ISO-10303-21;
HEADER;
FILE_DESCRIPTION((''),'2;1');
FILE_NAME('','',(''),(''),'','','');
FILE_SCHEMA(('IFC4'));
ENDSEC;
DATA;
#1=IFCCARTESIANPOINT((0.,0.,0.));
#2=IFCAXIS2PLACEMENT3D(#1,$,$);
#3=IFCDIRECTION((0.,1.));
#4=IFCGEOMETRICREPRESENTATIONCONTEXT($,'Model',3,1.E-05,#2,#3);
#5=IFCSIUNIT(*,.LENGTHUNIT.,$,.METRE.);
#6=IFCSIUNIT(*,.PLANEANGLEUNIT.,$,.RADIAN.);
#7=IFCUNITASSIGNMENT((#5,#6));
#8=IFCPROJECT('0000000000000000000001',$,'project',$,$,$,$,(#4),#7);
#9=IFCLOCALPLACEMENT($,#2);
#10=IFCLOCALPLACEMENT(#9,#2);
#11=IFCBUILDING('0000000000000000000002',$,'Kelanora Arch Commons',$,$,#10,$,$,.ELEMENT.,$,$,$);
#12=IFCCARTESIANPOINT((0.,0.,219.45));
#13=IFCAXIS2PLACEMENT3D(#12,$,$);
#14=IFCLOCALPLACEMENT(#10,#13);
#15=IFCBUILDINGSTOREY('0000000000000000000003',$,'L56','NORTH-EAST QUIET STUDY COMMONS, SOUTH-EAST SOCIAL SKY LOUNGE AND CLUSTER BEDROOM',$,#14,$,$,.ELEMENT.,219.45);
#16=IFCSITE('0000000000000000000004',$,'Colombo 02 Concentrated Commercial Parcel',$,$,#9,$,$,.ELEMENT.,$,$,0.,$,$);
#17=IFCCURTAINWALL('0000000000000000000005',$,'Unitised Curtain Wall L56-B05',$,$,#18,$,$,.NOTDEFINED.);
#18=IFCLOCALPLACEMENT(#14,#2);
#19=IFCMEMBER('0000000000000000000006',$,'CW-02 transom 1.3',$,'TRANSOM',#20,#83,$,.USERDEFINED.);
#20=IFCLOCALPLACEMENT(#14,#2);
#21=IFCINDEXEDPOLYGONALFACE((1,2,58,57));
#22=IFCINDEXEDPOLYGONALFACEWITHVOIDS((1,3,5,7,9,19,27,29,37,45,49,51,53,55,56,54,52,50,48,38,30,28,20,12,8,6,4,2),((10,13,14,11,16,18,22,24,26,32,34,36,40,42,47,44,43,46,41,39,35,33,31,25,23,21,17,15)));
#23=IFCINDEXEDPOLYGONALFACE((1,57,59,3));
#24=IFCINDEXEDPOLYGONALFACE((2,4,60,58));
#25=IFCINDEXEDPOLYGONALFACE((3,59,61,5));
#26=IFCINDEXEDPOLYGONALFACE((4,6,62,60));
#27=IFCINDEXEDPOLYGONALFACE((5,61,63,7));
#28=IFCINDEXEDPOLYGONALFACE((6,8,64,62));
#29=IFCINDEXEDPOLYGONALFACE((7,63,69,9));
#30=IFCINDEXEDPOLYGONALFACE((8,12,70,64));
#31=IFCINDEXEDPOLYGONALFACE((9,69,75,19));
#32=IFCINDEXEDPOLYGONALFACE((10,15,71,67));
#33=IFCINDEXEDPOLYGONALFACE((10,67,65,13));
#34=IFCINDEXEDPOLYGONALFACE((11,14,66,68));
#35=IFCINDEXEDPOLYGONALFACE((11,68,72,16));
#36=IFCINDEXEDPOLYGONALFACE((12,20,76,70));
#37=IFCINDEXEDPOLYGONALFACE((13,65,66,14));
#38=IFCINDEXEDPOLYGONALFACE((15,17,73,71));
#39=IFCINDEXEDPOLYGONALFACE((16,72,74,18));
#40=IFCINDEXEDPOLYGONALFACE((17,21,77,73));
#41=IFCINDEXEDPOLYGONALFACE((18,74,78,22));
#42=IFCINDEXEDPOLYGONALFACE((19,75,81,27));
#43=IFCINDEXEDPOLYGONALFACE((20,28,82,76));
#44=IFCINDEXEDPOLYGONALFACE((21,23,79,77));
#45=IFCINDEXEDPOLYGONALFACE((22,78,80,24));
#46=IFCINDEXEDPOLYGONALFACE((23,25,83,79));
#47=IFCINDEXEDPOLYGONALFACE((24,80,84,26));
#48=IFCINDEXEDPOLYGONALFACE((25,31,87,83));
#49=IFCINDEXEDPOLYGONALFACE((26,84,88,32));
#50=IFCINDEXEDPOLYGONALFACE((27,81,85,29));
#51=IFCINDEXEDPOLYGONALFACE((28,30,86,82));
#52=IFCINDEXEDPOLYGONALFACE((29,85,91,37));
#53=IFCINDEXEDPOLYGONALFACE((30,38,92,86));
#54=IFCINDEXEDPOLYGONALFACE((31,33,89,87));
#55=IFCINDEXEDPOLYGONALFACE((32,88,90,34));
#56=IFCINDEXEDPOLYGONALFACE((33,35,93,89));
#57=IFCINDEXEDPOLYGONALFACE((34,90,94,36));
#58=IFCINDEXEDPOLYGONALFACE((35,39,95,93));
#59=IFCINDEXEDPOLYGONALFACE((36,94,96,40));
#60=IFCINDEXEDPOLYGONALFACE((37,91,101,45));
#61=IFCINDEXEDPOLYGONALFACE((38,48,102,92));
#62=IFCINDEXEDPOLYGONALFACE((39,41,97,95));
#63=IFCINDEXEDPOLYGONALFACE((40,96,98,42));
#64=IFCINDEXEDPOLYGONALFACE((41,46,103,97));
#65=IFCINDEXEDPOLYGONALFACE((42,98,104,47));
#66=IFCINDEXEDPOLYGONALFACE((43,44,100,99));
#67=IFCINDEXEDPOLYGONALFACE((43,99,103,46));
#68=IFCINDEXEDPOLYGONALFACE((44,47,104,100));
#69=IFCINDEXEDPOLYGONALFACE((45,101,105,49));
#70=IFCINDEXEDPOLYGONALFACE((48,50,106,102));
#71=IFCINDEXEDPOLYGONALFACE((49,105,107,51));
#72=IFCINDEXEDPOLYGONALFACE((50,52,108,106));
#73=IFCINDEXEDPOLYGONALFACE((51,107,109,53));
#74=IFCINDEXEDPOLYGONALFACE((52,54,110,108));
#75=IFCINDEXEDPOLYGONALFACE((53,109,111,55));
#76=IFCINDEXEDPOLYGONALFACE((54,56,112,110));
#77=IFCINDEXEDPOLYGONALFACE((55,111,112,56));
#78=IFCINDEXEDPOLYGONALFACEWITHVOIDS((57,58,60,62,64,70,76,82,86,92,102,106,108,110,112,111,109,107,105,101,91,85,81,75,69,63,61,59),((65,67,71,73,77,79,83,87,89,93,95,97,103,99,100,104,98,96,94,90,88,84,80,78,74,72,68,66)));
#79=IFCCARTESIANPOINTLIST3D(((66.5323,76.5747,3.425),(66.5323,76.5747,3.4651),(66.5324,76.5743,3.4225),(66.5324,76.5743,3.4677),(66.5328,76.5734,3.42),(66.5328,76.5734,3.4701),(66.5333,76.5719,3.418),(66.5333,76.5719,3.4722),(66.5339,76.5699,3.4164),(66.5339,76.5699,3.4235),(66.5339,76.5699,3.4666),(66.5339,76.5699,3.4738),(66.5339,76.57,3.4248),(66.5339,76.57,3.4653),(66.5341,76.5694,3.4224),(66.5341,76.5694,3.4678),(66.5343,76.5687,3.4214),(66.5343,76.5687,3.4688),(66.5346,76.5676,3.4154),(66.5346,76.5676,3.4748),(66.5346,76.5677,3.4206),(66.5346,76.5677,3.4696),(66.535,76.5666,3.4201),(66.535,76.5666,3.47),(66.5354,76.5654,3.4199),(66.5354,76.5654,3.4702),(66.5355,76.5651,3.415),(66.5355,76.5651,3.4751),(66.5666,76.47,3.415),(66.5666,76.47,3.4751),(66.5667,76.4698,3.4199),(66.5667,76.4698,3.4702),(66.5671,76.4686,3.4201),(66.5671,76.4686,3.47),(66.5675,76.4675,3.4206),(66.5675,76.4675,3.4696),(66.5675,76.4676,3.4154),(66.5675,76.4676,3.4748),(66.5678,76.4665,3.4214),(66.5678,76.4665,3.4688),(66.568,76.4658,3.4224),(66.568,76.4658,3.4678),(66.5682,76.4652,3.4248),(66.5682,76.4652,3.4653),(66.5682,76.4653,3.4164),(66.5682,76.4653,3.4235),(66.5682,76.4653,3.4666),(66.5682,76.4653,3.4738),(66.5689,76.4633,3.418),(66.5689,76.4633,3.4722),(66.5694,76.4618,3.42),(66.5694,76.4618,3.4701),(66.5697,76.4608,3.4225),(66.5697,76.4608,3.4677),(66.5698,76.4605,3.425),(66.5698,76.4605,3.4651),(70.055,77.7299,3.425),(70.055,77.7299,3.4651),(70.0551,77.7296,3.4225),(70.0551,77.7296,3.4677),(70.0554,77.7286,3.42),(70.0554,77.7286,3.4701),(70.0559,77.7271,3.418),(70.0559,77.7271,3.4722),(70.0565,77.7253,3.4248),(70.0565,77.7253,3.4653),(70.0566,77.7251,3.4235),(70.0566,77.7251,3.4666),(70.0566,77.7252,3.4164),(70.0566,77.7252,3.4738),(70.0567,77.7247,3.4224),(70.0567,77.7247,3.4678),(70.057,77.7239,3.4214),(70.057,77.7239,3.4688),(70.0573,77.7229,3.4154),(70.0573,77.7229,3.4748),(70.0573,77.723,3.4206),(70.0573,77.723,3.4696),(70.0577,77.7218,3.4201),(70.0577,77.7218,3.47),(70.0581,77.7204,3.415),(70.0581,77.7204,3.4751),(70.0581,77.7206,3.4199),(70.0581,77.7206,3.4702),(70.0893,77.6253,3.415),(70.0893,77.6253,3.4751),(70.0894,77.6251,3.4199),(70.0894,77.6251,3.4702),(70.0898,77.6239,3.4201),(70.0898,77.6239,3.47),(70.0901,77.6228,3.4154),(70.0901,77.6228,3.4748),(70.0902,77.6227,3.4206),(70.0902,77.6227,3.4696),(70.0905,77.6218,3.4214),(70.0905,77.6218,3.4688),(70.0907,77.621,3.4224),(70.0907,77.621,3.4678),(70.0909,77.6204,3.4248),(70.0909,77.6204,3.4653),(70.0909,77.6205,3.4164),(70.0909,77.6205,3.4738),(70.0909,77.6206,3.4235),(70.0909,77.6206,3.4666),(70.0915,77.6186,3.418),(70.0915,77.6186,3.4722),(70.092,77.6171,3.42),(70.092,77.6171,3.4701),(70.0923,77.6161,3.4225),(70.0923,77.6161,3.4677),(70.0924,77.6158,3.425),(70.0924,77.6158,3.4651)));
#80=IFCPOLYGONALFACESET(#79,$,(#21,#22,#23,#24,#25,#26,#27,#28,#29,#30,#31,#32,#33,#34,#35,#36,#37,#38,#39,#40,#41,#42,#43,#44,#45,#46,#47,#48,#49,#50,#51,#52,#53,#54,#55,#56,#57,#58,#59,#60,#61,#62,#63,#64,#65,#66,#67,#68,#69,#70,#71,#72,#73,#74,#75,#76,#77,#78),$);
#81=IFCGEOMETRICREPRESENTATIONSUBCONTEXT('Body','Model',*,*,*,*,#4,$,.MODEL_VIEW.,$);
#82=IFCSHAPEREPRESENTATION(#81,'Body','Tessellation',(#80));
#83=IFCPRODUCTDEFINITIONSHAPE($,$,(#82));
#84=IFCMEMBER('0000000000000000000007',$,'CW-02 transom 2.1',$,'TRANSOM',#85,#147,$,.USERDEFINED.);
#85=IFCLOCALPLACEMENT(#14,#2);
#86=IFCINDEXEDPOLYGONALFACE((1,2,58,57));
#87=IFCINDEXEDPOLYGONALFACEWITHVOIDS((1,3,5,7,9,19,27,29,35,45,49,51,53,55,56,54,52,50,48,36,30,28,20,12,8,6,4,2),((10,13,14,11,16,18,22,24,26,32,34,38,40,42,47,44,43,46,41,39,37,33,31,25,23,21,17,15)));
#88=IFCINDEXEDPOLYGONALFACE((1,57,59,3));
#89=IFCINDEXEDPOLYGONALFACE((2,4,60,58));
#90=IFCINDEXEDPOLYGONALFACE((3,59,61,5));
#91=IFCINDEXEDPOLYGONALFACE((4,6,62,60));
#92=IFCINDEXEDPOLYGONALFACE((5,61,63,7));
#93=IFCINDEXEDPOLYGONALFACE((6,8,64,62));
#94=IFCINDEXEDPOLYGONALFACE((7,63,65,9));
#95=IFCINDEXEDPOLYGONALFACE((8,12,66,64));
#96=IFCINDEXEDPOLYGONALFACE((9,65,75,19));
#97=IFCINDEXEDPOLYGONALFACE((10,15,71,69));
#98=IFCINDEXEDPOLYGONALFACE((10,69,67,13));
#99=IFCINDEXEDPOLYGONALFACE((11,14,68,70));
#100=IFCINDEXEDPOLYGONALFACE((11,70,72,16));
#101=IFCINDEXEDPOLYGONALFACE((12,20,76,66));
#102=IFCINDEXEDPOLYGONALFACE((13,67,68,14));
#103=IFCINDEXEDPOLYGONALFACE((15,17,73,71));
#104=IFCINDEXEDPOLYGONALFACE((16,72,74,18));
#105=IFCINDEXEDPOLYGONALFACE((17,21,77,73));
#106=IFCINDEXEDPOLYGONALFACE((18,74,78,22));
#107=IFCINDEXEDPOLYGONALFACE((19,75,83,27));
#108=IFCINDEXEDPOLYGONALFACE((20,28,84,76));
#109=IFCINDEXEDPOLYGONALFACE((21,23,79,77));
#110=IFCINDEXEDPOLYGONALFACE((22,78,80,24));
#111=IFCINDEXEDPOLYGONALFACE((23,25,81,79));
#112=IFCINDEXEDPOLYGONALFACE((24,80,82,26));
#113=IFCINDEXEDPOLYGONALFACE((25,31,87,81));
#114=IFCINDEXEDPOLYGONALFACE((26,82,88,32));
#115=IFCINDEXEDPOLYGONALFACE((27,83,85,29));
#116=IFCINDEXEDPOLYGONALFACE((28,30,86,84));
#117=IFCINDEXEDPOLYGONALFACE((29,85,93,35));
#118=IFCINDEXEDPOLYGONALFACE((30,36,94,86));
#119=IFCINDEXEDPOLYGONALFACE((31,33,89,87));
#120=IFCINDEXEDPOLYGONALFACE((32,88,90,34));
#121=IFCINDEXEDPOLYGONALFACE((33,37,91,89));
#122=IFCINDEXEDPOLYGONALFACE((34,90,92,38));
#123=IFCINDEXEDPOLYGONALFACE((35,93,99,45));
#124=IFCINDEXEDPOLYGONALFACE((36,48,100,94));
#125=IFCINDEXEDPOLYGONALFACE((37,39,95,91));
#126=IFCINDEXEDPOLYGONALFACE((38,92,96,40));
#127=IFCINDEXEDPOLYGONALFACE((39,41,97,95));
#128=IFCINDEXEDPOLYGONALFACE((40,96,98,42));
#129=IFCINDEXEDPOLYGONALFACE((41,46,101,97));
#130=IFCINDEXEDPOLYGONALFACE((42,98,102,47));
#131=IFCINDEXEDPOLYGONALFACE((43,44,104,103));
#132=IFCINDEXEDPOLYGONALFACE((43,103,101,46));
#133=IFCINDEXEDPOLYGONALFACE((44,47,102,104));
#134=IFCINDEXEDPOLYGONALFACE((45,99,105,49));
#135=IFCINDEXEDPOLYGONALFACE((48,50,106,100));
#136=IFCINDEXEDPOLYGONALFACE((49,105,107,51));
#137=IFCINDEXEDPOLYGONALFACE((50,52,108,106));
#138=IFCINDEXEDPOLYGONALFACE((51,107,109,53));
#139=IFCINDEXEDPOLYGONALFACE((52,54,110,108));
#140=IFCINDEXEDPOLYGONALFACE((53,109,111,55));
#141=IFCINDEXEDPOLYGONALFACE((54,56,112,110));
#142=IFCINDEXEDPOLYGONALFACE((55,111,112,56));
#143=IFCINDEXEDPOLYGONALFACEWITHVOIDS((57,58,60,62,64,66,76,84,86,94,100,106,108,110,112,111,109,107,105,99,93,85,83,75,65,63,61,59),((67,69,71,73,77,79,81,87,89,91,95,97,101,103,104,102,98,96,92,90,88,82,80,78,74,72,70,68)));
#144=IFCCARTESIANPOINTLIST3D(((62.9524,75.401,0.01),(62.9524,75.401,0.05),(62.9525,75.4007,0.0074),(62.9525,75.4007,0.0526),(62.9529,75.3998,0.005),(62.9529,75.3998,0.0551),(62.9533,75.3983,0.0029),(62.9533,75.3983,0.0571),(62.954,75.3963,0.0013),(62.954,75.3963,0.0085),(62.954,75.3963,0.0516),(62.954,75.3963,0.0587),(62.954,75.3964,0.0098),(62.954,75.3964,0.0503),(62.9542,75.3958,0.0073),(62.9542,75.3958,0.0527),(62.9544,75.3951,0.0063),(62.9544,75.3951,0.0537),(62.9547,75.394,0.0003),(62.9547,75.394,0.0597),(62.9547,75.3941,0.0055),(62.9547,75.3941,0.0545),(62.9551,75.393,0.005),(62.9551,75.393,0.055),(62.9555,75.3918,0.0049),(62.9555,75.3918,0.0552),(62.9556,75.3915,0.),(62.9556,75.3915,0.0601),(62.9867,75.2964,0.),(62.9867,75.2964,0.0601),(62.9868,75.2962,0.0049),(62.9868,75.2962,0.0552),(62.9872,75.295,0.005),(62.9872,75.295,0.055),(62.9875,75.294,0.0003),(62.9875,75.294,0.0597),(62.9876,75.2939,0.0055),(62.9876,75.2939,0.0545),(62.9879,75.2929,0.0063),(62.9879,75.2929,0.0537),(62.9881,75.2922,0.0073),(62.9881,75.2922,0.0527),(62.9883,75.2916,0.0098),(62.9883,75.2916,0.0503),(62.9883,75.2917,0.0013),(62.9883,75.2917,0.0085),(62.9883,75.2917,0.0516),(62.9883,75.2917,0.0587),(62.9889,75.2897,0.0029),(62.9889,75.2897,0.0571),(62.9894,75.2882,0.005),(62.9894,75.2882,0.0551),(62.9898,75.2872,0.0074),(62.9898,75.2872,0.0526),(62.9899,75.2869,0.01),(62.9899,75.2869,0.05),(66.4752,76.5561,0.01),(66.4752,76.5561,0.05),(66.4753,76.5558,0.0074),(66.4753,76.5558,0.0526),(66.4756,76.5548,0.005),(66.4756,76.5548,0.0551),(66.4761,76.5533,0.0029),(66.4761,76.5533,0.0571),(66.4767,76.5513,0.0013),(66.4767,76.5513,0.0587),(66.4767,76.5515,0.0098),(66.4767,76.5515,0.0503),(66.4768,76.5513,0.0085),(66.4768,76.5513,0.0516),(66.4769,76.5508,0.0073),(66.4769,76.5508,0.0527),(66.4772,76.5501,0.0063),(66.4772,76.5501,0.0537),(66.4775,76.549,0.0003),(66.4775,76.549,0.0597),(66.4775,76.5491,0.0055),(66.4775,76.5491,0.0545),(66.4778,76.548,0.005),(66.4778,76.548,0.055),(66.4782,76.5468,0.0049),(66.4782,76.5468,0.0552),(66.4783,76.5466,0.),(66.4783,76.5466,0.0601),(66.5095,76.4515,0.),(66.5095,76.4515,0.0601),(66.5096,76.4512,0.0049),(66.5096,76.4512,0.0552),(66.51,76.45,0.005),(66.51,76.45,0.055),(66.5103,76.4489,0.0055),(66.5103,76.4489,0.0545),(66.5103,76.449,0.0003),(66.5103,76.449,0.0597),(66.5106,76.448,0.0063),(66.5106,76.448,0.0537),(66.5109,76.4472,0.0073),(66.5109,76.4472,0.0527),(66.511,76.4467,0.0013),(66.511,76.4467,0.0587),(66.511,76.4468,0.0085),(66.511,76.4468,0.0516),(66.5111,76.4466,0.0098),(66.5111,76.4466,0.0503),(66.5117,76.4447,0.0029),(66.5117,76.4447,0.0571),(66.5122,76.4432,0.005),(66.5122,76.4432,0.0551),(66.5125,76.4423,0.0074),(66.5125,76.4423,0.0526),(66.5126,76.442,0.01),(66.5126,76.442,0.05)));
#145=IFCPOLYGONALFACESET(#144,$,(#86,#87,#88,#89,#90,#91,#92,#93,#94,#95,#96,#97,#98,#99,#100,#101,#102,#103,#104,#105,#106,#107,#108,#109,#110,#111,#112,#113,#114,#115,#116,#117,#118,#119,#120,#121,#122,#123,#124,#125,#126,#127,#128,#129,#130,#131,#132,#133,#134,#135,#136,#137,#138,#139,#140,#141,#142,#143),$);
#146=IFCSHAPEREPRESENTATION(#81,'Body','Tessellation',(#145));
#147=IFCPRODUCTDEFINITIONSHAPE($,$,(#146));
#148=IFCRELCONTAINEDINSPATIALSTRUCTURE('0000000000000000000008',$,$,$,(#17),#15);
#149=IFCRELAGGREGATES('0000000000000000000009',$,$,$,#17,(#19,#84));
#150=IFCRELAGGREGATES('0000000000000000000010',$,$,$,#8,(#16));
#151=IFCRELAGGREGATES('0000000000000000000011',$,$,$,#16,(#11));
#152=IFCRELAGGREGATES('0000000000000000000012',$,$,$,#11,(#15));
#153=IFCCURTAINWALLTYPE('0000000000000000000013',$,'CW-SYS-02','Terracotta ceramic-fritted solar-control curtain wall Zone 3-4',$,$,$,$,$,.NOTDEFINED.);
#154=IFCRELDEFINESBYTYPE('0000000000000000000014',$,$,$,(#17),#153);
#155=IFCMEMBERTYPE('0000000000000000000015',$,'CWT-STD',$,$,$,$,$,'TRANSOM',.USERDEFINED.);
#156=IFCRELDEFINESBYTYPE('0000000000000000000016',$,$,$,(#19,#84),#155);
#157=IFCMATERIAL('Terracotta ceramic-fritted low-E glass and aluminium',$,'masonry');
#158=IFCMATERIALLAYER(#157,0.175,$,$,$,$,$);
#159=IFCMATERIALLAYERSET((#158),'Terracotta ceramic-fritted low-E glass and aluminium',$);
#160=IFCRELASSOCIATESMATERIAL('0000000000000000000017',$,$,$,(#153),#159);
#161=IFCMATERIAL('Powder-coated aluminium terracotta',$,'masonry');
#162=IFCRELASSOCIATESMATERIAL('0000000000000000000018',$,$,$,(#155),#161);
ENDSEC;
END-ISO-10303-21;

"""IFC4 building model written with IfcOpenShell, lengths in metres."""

from ifc_helpers import new_model, si_unit, direction, frame, origin, origin_2d, place, context, subcontext, project, spatial, hollow_rectangle, extrude, material, layer, layer_set, material_profile, profile_set, type_object, element, aggregate, save


model = new_model("IFC4")

# Units and contexts
model_context = context("Model", 3, precision=1e-05, world=origin(), true_north=direction((0.0, 1.0)))
body_context = subcontext(model_context, "Body", "Model", "MODEL_VIEW")
ifc_project = project(units=[si_unit("LENGTHUNIT", "METRE"), si_unit("PLANEANGLEUNIT", "RADIAN")], contexts=[model_context])

# Site, building, storey
site_placement = place(None, origin())
site = spatial("IfcSite", under=ifc_project, at=site_placement, Name="Colombo 02 Concentrated Commercial Parcel", CompositionType="ELEMENT", RefElevation=0.0)
building_placement = place(site_placement, origin())
building = spatial("IfcBuilding", under=site, at=building_placement, Name="Kelanora Arch Commons", CompositionType="ELEMENT")
storey_placement = place(building_placement, frame((0.0, 0.0, 219.45)))
storey = spatial("IfcBuildingStorey", under=building, at=storey_placement, Name="L56", Description="NORTH-EAST QUIET STUDY COMMONS, SOUTH-EAST SOCIAL SKY LOUNGE AND CLUSTER BEDROOM", CompositionType="ELEMENT", Elevation=219.45)

# Curtain wall, members
ifc_material_1 = material(Name="Terracotta ceramic-fritted low-E glass and aluminium", Category="masonry")
ifc_layer_1 = layer(ifc_material_1, 0.175)
ifc_layer_set_1 = layer_set([ifc_layer_1], Name="Terracotta ceramic-fritted low-E glass and aluminium")
curtain_wall_type = type_object("IfcCurtainWallType", Name="CW-SYS-02", Description="Terracotta ceramic-fritted solar-control curtain wall Zone 3-4", PredefinedType="NOTDEFINED", material=ifc_layer_set_1)
curtain_wall_placement = place(storey_placement, origin())
curtain_wall = element("IfcCurtainWall", 1, at=curtain_wall_placement, inside=storey, type_object=curtain_wall_type, Name="Unitised Curtain Wall L56-B05", PredefinedType="NOTDEFINED")
ifc_material_2 = material(Name="Powder-coated aluminium terracotta", Category="masonry")
ifc_material_profile_1 = material_profile(ifc_material_2, hollow_rectangle(XDim=0.1201, YDim=0.0601, WallThickness=0.0049, InnerFilletRadius=0.0049, OuterFilletRadius=0.01, at=origin_2d()), Name="CWT120x60")
ifc_profile_set_1 = profile_set([ifc_material_profile_1], Name="Powder-coated aluminium terracotta")
member_type_1 = type_object("IfcMemberType", Name="CWT-STD", ElementType="TRANSOM", PredefinedType="USERDEFINED", material=ifc_profile_set_1)
member_1_placement = place(storey_placement, frame((70.0737, 77.6729, 3.4451), z_axis=(-0.950207, -0.311621, 0.0), x_axis=(0.311621, -0.950207, 0.0)))
member_1 = element("IfcMember", 2, at=member_1_placement, type_object=member_type_1, Name="CW-02 transom 1.3", ObjectType="TRANSOM", PredefinedType="USERDEFINED", context=body_context, shape_type="SweptSolid", body=[
    extrude(hollow_rectangle(XDim=0.1201, YDim=0.0601, WallThickness=0.0049, InnerFilletRadius=0.0049, OuterFilletRadius=0.01, at=origin_2d()), origin(), (0.0, 0.0, 1.0), 3.7073),
])
member_2_placement = place(storey_placement, frame((66.4939, 76.499, 0.03), z_axis=(-0.950226, -0.311561, 0.0), x_axis=(0.311561, -0.950226, 0.0)))
member_2 = element("IfcMember", 3, at=member_2_placement, type_object=member_type_1, Name="CW-02 transom 2.1", ObjectType="TRANSOM", PredefinedType="USERDEFINED", context=body_context, shape_type="SweptSolid", body=[
    extrude(hollow_rectangle(XDim=0.1201, YDim=0.0601, WallThickness=0.0049, InnerFilletRadius=0.0049, OuterFilletRadius=0.01, at=origin_2d()), origin(), (0.0, 0.0, 1.0), 3.7073),
])
aggregate(curtain_wall, [member_1, member_2])

save(model, "model.ifc")
